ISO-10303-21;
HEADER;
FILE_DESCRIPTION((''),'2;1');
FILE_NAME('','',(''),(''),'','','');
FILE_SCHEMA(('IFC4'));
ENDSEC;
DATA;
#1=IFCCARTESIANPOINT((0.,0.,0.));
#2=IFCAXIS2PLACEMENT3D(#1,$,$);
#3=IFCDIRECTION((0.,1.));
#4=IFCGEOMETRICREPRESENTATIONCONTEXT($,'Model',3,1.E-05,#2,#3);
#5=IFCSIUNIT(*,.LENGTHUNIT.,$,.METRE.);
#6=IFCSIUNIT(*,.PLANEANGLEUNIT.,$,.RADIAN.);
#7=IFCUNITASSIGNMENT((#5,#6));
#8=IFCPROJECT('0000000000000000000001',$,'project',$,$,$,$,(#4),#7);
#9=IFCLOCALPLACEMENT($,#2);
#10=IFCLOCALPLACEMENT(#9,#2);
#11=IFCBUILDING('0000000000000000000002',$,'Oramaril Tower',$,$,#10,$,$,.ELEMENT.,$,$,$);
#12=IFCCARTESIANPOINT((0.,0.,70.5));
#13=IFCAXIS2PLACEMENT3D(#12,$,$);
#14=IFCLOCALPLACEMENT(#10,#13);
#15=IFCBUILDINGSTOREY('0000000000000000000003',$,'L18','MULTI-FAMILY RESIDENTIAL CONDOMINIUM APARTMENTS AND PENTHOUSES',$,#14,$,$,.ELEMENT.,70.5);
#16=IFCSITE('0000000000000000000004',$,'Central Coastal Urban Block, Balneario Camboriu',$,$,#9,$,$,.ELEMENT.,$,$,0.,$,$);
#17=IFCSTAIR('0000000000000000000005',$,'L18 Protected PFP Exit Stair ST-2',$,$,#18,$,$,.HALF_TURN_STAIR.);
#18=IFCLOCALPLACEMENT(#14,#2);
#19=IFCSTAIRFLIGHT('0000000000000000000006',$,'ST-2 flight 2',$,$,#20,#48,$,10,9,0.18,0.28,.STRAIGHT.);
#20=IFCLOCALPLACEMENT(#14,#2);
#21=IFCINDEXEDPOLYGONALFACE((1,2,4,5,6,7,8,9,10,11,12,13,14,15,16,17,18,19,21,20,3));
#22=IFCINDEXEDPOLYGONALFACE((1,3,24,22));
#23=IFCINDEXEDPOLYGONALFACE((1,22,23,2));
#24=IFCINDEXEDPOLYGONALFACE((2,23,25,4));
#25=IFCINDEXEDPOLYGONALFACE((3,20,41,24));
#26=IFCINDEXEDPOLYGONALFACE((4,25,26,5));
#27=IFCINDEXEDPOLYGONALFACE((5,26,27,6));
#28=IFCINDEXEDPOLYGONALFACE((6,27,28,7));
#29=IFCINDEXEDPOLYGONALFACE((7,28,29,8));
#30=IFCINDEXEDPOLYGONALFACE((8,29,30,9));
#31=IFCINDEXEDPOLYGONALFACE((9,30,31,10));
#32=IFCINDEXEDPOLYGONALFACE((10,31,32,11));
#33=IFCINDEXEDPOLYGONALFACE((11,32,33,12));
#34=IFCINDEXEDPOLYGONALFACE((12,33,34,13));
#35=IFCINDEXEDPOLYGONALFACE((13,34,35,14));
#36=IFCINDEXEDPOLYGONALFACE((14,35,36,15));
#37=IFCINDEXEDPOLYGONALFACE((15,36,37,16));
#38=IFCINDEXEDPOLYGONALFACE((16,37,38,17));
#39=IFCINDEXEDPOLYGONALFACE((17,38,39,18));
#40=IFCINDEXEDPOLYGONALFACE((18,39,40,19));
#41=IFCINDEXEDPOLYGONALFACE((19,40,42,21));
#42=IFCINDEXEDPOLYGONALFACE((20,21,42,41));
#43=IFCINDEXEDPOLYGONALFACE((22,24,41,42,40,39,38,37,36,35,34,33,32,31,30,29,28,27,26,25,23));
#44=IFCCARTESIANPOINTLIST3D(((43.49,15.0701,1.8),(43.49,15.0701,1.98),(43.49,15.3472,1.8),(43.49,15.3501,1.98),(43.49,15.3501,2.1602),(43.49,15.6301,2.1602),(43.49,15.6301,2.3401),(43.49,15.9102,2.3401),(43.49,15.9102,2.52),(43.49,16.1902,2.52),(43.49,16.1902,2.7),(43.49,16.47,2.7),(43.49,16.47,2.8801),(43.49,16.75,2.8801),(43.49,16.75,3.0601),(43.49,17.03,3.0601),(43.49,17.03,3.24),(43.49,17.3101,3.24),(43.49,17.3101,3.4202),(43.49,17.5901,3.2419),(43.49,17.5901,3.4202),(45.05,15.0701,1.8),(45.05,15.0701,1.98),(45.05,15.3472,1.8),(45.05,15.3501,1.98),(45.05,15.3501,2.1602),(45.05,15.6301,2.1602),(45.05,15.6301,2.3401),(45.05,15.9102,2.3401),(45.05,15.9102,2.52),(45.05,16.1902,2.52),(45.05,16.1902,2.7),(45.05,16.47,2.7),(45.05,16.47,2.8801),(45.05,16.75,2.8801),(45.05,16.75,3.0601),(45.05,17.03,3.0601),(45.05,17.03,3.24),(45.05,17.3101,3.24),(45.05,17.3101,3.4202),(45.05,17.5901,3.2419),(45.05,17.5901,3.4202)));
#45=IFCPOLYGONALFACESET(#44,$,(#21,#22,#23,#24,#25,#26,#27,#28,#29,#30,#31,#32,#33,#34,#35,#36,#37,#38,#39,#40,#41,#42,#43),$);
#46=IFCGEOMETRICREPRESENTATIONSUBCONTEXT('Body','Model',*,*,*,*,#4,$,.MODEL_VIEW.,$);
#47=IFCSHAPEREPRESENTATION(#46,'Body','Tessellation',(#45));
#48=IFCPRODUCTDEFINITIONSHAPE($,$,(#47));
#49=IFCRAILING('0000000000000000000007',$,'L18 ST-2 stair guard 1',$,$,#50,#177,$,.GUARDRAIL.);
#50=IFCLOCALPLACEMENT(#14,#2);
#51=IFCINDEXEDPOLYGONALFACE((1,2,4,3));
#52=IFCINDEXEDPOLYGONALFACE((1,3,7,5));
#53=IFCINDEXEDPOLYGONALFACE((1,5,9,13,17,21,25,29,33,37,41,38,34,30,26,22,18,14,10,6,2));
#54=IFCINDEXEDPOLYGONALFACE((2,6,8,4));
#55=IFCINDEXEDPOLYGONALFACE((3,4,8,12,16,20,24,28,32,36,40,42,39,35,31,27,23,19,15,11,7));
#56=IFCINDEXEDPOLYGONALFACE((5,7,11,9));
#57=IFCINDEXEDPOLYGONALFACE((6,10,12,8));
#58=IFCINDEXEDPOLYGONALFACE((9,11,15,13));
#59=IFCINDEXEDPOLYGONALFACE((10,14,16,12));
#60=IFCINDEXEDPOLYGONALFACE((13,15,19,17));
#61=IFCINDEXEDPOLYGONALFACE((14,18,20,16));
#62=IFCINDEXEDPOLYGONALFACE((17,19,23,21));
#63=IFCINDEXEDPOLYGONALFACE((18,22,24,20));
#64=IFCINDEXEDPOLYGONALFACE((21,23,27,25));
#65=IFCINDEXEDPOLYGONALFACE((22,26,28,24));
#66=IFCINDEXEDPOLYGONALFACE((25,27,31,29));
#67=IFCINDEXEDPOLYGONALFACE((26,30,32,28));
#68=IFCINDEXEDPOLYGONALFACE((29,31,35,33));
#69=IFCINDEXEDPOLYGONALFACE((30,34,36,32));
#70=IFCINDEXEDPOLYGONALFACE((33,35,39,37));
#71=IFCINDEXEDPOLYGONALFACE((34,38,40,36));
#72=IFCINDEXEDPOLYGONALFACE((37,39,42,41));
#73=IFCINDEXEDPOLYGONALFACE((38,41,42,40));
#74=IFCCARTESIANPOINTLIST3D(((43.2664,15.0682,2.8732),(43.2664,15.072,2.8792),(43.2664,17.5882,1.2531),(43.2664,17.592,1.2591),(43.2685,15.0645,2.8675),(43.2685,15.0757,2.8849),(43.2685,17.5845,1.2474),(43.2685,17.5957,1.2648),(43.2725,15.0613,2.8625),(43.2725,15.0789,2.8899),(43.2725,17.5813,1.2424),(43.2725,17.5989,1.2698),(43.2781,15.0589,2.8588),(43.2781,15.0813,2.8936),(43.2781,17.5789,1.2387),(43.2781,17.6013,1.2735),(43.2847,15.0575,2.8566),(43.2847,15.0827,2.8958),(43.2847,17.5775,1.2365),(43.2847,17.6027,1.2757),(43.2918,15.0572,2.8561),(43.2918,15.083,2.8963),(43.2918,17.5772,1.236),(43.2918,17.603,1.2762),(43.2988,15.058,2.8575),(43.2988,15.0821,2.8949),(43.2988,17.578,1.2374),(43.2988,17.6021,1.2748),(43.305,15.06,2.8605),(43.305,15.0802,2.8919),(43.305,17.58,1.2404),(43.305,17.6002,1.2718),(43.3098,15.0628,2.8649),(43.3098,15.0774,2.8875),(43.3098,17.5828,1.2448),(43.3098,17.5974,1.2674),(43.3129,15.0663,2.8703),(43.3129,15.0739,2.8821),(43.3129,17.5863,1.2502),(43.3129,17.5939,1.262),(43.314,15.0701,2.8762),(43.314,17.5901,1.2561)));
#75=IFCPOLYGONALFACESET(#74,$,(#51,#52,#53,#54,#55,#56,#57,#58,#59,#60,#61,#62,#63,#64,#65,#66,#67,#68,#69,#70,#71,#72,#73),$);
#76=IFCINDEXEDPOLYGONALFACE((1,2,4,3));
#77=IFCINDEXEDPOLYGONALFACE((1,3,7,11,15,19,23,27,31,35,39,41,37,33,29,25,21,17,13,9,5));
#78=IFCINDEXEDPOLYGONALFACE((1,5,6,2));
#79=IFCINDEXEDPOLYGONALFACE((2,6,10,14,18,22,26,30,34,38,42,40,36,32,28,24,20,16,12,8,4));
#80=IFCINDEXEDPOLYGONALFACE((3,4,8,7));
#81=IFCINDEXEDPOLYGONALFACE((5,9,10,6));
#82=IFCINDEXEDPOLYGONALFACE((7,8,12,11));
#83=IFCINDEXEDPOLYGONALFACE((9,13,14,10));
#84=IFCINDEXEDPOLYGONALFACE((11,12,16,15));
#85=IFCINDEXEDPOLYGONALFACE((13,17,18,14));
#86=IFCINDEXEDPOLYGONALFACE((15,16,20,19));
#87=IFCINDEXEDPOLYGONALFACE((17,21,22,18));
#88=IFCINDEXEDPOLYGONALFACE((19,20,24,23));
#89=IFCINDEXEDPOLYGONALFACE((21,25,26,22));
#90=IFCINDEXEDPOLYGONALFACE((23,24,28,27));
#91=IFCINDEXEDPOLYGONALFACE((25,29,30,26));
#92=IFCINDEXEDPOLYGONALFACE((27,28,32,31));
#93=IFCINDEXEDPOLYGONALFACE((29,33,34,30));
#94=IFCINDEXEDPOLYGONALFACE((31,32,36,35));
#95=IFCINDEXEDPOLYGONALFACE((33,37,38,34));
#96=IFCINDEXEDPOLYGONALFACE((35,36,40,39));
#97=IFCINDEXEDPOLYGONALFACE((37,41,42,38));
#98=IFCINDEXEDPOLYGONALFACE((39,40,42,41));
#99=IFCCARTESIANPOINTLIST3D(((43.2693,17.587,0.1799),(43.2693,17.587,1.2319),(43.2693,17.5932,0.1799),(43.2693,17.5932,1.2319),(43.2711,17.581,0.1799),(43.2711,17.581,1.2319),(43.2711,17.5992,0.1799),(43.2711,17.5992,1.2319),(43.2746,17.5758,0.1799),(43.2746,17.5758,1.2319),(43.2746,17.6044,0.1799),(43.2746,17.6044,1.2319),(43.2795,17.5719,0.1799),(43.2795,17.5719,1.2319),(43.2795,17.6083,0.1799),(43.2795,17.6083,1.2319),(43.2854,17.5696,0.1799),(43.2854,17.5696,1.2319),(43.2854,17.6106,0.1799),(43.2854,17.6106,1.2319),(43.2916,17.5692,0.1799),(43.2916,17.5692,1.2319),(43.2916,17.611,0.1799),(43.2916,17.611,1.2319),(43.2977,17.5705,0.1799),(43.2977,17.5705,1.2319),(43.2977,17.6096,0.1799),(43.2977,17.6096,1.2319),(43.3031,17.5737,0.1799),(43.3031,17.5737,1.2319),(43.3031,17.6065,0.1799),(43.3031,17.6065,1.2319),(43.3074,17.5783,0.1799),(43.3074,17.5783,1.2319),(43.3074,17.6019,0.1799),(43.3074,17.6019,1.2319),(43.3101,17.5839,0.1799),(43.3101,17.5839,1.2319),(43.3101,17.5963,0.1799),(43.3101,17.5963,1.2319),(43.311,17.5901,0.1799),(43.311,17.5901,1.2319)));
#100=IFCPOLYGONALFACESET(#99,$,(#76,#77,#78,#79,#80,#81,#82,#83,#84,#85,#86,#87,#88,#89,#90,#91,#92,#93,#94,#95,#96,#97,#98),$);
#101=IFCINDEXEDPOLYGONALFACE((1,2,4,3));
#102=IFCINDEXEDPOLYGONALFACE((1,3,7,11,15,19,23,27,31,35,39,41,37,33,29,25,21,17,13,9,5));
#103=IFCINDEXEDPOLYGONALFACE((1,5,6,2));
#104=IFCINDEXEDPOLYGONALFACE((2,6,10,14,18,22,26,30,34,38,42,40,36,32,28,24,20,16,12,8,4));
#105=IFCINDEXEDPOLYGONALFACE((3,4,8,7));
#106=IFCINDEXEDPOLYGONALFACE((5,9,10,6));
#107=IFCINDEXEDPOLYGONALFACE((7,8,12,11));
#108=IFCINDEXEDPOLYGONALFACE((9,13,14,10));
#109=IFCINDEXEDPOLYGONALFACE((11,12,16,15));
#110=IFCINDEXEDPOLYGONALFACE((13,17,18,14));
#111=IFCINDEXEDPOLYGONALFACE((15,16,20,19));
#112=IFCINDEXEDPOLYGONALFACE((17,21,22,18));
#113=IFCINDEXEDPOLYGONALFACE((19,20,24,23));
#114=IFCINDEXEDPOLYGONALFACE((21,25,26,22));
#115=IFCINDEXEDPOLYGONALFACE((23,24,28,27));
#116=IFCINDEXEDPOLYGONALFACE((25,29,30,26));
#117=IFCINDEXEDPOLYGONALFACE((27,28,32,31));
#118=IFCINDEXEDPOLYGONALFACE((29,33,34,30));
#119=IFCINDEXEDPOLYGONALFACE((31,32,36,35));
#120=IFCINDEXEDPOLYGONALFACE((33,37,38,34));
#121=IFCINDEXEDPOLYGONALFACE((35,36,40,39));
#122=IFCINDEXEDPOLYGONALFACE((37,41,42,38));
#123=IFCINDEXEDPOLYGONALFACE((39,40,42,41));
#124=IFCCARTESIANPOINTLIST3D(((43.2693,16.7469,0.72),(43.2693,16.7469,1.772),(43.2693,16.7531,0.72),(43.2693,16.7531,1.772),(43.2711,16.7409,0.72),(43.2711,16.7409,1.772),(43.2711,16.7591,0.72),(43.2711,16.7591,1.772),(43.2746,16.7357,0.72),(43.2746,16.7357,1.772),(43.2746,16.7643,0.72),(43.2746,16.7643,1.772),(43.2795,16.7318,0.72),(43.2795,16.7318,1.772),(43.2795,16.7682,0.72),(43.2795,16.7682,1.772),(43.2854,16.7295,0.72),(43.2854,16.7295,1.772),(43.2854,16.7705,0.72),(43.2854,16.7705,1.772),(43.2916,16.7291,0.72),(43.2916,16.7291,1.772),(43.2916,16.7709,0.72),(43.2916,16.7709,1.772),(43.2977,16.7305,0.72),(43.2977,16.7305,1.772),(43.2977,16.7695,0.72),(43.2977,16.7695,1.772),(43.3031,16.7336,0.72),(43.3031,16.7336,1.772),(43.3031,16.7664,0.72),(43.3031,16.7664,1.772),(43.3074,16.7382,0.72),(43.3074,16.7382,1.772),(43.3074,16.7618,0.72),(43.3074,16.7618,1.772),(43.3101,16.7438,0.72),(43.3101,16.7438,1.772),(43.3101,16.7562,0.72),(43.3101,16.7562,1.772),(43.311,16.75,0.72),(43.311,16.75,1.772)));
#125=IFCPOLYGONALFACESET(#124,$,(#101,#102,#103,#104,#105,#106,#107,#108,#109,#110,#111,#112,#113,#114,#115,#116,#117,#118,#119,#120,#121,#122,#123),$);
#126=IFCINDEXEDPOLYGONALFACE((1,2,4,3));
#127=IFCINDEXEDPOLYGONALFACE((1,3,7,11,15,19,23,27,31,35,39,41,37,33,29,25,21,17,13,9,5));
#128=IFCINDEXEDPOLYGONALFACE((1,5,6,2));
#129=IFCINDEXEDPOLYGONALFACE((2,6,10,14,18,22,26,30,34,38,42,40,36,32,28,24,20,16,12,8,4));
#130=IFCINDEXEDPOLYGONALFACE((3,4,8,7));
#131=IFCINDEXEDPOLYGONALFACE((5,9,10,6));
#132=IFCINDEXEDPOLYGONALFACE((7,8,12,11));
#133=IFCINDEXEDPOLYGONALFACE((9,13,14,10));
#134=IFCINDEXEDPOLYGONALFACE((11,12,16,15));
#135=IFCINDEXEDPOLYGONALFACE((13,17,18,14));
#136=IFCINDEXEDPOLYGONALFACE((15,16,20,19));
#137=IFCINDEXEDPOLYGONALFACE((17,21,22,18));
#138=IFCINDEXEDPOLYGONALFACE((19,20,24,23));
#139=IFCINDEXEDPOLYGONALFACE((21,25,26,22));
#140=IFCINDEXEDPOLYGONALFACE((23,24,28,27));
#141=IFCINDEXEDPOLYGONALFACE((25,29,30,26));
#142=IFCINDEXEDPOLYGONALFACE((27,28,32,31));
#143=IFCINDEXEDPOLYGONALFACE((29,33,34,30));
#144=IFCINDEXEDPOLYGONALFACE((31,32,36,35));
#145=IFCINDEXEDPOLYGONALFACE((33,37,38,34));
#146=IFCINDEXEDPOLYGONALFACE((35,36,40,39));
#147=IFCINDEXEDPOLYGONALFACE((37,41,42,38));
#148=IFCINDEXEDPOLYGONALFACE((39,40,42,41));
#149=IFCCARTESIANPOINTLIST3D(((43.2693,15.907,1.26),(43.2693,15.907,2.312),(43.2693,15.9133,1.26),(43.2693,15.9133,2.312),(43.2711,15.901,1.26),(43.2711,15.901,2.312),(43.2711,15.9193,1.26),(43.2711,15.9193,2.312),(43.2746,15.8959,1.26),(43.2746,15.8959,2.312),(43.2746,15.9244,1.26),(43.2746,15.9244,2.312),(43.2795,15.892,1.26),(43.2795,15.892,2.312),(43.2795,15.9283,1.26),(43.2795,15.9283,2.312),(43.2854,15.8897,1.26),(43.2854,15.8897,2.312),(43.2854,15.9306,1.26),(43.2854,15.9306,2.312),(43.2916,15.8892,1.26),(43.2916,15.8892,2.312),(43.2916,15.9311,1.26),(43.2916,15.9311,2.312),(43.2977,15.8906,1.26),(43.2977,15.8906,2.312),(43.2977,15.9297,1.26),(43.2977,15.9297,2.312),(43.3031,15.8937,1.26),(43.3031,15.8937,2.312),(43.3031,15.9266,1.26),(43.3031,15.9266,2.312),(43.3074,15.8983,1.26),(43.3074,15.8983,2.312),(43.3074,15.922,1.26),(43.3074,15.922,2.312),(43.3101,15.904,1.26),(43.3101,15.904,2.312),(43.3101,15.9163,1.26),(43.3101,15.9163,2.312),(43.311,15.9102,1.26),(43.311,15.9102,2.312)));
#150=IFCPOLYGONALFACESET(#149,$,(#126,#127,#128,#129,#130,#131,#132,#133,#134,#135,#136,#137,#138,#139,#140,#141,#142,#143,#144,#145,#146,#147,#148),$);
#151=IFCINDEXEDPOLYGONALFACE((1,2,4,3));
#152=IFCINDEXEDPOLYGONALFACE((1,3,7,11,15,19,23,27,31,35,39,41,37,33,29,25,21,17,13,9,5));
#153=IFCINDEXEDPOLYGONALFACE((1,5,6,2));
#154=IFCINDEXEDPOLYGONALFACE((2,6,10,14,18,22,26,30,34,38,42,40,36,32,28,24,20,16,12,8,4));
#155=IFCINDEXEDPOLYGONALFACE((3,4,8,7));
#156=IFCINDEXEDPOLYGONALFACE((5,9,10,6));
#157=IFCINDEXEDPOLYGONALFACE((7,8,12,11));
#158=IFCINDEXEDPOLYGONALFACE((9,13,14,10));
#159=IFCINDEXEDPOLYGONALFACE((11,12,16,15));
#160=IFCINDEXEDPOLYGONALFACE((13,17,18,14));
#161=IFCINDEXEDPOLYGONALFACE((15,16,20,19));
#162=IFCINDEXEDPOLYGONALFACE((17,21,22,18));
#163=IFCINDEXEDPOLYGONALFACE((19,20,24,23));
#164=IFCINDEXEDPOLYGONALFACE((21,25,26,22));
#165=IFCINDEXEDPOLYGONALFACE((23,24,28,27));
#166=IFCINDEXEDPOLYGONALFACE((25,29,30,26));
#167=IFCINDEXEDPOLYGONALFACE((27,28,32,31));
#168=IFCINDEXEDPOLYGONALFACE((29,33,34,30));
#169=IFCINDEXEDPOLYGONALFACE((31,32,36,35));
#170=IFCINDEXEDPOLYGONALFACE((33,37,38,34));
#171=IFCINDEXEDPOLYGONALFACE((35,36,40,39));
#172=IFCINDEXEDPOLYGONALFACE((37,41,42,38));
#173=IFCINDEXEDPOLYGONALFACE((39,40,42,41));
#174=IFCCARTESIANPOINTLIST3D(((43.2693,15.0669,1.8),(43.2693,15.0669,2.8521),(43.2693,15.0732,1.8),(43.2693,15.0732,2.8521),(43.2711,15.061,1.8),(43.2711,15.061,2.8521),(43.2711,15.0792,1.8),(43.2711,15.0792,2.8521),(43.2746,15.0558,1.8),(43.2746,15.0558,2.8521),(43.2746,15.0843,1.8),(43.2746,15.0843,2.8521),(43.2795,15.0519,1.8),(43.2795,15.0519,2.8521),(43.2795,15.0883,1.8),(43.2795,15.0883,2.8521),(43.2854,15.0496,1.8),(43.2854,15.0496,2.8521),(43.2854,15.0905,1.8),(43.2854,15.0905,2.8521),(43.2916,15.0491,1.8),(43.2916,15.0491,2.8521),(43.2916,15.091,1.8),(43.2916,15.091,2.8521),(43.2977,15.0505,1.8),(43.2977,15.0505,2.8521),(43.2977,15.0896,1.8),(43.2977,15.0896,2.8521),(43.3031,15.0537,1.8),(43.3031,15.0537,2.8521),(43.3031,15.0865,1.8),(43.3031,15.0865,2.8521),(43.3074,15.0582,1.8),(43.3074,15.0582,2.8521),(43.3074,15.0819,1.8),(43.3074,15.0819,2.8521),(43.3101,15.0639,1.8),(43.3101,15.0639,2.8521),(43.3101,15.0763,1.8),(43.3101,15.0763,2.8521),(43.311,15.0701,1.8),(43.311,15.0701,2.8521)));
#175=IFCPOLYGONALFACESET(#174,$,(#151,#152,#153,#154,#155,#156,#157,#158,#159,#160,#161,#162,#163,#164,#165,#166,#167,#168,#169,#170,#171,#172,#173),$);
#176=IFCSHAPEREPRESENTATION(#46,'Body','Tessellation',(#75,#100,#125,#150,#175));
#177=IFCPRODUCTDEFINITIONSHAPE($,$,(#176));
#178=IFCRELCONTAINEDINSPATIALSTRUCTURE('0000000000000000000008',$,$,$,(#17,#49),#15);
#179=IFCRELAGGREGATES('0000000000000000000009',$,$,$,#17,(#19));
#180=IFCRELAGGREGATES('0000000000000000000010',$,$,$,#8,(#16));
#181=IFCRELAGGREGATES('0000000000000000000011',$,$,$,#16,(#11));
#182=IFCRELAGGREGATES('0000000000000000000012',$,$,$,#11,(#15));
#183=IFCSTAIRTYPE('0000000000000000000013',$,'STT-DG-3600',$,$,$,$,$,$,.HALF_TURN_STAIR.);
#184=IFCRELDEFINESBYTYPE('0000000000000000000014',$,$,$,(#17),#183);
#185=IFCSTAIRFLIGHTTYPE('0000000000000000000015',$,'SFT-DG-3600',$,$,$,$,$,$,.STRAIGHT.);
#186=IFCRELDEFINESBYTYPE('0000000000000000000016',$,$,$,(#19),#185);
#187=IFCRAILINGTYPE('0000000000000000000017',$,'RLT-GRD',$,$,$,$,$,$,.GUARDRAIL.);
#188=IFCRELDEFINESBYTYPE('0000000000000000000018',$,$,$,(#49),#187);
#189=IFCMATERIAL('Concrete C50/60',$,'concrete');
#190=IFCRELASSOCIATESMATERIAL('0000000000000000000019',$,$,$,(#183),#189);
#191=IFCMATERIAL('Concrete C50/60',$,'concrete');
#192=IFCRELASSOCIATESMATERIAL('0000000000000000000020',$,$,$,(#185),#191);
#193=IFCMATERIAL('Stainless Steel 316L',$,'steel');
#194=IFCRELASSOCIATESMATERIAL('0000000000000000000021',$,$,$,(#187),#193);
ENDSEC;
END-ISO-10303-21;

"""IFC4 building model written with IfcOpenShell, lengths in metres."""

from ifc_helpers import new_model, si_unit, direction, frame, origin, origin_2d, place, context, subcontext, project, spatial, polyline, circle, outline, extrude, material, type_object, element, aggregate, save


model = new_model("IFC4")

# Units and contexts
model_context = context("Model", 3, precision=1e-05, world=origin(), true_north=direction((0.0, 1.0)))
body_context = subcontext(model_context, "Body", "Model", "MODEL_VIEW")
ifc_project = project(units=[si_unit("LENGTHUNIT", "METRE"), si_unit("PLANEANGLEUNIT", "RADIAN")], contexts=[model_context])

# Site, building, storey
site_placement = place(None, origin())
site = spatial("IfcSite", under=ifc_project, at=site_placement, Name="Central Coastal Urban Block, Balneario Camboriu", CompositionType="ELEMENT", RefElevation=0.0)
building_placement = place(site_placement, origin())
building = spatial("IfcBuilding", under=site, at=building_placement, Name="Oramaril Tower", CompositionType="ELEMENT")
storey_placement = place(building_placement, frame((0.0, 0.0, 70.5)))
storey = spatial("IfcBuildingStorey", under=building, at=storey_placement, Name="L18", Description="MULTI-FAMILY RESIDENTIAL CONDOMINIUM APARTMENTS AND PENTHOUSES", CompositionType="ELEMENT", Elevation=70.5)

# Stair, stair flight
ifc_material_1 = material(Name="Concrete C50/60", Category="concrete")
stair_type = type_object("IfcStairType", Name="STT-DG-3600", PredefinedType="HALF_TURN_STAIR", material=ifc_material_1)
stair_placement = place(storey_placement, origin())
stair = element("IfcStair", 1, at=stair_placement, inside=storey, type_object=stair_type, Name="L18 Protected PFP Exit Stair ST-2", PredefinedType="HALF_TURN_STAIR")
ifc_material_2 = material(Name="Concrete C50/60", Category="concrete")
stair_flight_type = type_object("IfcStairFlightType", Name="SFT-DG-3600", PredefinedType="STRAIGHT", material=ifc_material_2)
stair_flight_1_placement = place(storey_placement, frame((44.27, 15.0701, 1.8), z_axis=(0.0, 0.0, 1.0), x_axis=(0.0, 1.0, 0.0)))
stair_flight_1 = element("IfcStairFlight", 2, at=stair_flight_1_placement, type_object=stair_flight_type, Name="ST-2 flight 2", NumberOfRisers=10, NumberOfTreads=9, PredefinedType="STRAIGHT", RiserHeight=0.18, TreadLength=0.28, context=body_context, shape_type="SweptSolid", body=[
    extrude(outline(polyline([(0.0, 0.0), (0.0, 0.1799), (0.28, 0.1799), (0.28, 0.3601), (0.5601, 0.3601), (0.5601, 0.54), (0.8401, 0.54), (0.8401, 0.72), (1.1201, 0.72), (1.1201, 0.8999), (1.3999, 0.8999), (1.3999, 1.0801), (1.6799, 1.0801), (1.6799, 1.26), (1.96, 1.26), (1.96, 1.4399), (2.24, 1.4399), (2.24, 1.6201), (2.52, 1.6201), (2.52, 1.8), (2.52, 1.4419), (0.2771, 0.0), (0.0, 0.0)])), frame((0.0, 0.78, 0.0), z_axis=(0.0, -1.0, 0.0), x_axis=(1.0, 0.0, 0.0)), (0.0, 0.0, 1.0), 1.5601),
])
aggregate(stair, [stair_flight_1])

# Railing
ifc_material_3 = material(Name="Stainless Steel 316L", Category="steel")
railing_type_1 = type_object("IfcRailingType", Name="RLT-GRD", PredefinedType="GUARDRAIL", material=ifc_material_3)
railing_1_placement = place(storey_placement, frame((43.29, 17.5901, 0.1799)))
element("IfcRailing", 3, at=railing_1_placement, inside=storey, type_object=railing_type_1, Name="L18 ST-2 stair guard 1", PredefinedType="GUARDRAIL", context=body_context, shape_type="SweptSolid", body=[
    extrude(circle(Radius=0.0239, at=origin_2d()), frame((0.0, 0.0, 1.0762), z_axis=(0.0, -0.841163, 0.540782), x_axis=(1.0, 0.0, 0.0)), (0.0, 0.0, 1.0), 2.9958),
    extrude(circle(Radius=0.021, at=origin_2d()), origin(), (0.0, 0.0, 1.0), 1.052),
    extrude(circle(Radius=0.021, at=origin_2d()), frame((0.0, -0.8401, 0.54)), (0.0, 0.0, 1.0), 1.052),
    extrude(circle(Radius=0.021, at=origin_2d()), frame((0.0, -1.6799, 1.0801)), (0.0, 0.0, 1.0), 1.052),
    extrude(circle(Radius=0.021, at=origin_2d()), frame((0.0, -2.52, 1.6201)), (0.0, 0.0, 1.0), 1.052),
])

save(model, "model.ifc")
